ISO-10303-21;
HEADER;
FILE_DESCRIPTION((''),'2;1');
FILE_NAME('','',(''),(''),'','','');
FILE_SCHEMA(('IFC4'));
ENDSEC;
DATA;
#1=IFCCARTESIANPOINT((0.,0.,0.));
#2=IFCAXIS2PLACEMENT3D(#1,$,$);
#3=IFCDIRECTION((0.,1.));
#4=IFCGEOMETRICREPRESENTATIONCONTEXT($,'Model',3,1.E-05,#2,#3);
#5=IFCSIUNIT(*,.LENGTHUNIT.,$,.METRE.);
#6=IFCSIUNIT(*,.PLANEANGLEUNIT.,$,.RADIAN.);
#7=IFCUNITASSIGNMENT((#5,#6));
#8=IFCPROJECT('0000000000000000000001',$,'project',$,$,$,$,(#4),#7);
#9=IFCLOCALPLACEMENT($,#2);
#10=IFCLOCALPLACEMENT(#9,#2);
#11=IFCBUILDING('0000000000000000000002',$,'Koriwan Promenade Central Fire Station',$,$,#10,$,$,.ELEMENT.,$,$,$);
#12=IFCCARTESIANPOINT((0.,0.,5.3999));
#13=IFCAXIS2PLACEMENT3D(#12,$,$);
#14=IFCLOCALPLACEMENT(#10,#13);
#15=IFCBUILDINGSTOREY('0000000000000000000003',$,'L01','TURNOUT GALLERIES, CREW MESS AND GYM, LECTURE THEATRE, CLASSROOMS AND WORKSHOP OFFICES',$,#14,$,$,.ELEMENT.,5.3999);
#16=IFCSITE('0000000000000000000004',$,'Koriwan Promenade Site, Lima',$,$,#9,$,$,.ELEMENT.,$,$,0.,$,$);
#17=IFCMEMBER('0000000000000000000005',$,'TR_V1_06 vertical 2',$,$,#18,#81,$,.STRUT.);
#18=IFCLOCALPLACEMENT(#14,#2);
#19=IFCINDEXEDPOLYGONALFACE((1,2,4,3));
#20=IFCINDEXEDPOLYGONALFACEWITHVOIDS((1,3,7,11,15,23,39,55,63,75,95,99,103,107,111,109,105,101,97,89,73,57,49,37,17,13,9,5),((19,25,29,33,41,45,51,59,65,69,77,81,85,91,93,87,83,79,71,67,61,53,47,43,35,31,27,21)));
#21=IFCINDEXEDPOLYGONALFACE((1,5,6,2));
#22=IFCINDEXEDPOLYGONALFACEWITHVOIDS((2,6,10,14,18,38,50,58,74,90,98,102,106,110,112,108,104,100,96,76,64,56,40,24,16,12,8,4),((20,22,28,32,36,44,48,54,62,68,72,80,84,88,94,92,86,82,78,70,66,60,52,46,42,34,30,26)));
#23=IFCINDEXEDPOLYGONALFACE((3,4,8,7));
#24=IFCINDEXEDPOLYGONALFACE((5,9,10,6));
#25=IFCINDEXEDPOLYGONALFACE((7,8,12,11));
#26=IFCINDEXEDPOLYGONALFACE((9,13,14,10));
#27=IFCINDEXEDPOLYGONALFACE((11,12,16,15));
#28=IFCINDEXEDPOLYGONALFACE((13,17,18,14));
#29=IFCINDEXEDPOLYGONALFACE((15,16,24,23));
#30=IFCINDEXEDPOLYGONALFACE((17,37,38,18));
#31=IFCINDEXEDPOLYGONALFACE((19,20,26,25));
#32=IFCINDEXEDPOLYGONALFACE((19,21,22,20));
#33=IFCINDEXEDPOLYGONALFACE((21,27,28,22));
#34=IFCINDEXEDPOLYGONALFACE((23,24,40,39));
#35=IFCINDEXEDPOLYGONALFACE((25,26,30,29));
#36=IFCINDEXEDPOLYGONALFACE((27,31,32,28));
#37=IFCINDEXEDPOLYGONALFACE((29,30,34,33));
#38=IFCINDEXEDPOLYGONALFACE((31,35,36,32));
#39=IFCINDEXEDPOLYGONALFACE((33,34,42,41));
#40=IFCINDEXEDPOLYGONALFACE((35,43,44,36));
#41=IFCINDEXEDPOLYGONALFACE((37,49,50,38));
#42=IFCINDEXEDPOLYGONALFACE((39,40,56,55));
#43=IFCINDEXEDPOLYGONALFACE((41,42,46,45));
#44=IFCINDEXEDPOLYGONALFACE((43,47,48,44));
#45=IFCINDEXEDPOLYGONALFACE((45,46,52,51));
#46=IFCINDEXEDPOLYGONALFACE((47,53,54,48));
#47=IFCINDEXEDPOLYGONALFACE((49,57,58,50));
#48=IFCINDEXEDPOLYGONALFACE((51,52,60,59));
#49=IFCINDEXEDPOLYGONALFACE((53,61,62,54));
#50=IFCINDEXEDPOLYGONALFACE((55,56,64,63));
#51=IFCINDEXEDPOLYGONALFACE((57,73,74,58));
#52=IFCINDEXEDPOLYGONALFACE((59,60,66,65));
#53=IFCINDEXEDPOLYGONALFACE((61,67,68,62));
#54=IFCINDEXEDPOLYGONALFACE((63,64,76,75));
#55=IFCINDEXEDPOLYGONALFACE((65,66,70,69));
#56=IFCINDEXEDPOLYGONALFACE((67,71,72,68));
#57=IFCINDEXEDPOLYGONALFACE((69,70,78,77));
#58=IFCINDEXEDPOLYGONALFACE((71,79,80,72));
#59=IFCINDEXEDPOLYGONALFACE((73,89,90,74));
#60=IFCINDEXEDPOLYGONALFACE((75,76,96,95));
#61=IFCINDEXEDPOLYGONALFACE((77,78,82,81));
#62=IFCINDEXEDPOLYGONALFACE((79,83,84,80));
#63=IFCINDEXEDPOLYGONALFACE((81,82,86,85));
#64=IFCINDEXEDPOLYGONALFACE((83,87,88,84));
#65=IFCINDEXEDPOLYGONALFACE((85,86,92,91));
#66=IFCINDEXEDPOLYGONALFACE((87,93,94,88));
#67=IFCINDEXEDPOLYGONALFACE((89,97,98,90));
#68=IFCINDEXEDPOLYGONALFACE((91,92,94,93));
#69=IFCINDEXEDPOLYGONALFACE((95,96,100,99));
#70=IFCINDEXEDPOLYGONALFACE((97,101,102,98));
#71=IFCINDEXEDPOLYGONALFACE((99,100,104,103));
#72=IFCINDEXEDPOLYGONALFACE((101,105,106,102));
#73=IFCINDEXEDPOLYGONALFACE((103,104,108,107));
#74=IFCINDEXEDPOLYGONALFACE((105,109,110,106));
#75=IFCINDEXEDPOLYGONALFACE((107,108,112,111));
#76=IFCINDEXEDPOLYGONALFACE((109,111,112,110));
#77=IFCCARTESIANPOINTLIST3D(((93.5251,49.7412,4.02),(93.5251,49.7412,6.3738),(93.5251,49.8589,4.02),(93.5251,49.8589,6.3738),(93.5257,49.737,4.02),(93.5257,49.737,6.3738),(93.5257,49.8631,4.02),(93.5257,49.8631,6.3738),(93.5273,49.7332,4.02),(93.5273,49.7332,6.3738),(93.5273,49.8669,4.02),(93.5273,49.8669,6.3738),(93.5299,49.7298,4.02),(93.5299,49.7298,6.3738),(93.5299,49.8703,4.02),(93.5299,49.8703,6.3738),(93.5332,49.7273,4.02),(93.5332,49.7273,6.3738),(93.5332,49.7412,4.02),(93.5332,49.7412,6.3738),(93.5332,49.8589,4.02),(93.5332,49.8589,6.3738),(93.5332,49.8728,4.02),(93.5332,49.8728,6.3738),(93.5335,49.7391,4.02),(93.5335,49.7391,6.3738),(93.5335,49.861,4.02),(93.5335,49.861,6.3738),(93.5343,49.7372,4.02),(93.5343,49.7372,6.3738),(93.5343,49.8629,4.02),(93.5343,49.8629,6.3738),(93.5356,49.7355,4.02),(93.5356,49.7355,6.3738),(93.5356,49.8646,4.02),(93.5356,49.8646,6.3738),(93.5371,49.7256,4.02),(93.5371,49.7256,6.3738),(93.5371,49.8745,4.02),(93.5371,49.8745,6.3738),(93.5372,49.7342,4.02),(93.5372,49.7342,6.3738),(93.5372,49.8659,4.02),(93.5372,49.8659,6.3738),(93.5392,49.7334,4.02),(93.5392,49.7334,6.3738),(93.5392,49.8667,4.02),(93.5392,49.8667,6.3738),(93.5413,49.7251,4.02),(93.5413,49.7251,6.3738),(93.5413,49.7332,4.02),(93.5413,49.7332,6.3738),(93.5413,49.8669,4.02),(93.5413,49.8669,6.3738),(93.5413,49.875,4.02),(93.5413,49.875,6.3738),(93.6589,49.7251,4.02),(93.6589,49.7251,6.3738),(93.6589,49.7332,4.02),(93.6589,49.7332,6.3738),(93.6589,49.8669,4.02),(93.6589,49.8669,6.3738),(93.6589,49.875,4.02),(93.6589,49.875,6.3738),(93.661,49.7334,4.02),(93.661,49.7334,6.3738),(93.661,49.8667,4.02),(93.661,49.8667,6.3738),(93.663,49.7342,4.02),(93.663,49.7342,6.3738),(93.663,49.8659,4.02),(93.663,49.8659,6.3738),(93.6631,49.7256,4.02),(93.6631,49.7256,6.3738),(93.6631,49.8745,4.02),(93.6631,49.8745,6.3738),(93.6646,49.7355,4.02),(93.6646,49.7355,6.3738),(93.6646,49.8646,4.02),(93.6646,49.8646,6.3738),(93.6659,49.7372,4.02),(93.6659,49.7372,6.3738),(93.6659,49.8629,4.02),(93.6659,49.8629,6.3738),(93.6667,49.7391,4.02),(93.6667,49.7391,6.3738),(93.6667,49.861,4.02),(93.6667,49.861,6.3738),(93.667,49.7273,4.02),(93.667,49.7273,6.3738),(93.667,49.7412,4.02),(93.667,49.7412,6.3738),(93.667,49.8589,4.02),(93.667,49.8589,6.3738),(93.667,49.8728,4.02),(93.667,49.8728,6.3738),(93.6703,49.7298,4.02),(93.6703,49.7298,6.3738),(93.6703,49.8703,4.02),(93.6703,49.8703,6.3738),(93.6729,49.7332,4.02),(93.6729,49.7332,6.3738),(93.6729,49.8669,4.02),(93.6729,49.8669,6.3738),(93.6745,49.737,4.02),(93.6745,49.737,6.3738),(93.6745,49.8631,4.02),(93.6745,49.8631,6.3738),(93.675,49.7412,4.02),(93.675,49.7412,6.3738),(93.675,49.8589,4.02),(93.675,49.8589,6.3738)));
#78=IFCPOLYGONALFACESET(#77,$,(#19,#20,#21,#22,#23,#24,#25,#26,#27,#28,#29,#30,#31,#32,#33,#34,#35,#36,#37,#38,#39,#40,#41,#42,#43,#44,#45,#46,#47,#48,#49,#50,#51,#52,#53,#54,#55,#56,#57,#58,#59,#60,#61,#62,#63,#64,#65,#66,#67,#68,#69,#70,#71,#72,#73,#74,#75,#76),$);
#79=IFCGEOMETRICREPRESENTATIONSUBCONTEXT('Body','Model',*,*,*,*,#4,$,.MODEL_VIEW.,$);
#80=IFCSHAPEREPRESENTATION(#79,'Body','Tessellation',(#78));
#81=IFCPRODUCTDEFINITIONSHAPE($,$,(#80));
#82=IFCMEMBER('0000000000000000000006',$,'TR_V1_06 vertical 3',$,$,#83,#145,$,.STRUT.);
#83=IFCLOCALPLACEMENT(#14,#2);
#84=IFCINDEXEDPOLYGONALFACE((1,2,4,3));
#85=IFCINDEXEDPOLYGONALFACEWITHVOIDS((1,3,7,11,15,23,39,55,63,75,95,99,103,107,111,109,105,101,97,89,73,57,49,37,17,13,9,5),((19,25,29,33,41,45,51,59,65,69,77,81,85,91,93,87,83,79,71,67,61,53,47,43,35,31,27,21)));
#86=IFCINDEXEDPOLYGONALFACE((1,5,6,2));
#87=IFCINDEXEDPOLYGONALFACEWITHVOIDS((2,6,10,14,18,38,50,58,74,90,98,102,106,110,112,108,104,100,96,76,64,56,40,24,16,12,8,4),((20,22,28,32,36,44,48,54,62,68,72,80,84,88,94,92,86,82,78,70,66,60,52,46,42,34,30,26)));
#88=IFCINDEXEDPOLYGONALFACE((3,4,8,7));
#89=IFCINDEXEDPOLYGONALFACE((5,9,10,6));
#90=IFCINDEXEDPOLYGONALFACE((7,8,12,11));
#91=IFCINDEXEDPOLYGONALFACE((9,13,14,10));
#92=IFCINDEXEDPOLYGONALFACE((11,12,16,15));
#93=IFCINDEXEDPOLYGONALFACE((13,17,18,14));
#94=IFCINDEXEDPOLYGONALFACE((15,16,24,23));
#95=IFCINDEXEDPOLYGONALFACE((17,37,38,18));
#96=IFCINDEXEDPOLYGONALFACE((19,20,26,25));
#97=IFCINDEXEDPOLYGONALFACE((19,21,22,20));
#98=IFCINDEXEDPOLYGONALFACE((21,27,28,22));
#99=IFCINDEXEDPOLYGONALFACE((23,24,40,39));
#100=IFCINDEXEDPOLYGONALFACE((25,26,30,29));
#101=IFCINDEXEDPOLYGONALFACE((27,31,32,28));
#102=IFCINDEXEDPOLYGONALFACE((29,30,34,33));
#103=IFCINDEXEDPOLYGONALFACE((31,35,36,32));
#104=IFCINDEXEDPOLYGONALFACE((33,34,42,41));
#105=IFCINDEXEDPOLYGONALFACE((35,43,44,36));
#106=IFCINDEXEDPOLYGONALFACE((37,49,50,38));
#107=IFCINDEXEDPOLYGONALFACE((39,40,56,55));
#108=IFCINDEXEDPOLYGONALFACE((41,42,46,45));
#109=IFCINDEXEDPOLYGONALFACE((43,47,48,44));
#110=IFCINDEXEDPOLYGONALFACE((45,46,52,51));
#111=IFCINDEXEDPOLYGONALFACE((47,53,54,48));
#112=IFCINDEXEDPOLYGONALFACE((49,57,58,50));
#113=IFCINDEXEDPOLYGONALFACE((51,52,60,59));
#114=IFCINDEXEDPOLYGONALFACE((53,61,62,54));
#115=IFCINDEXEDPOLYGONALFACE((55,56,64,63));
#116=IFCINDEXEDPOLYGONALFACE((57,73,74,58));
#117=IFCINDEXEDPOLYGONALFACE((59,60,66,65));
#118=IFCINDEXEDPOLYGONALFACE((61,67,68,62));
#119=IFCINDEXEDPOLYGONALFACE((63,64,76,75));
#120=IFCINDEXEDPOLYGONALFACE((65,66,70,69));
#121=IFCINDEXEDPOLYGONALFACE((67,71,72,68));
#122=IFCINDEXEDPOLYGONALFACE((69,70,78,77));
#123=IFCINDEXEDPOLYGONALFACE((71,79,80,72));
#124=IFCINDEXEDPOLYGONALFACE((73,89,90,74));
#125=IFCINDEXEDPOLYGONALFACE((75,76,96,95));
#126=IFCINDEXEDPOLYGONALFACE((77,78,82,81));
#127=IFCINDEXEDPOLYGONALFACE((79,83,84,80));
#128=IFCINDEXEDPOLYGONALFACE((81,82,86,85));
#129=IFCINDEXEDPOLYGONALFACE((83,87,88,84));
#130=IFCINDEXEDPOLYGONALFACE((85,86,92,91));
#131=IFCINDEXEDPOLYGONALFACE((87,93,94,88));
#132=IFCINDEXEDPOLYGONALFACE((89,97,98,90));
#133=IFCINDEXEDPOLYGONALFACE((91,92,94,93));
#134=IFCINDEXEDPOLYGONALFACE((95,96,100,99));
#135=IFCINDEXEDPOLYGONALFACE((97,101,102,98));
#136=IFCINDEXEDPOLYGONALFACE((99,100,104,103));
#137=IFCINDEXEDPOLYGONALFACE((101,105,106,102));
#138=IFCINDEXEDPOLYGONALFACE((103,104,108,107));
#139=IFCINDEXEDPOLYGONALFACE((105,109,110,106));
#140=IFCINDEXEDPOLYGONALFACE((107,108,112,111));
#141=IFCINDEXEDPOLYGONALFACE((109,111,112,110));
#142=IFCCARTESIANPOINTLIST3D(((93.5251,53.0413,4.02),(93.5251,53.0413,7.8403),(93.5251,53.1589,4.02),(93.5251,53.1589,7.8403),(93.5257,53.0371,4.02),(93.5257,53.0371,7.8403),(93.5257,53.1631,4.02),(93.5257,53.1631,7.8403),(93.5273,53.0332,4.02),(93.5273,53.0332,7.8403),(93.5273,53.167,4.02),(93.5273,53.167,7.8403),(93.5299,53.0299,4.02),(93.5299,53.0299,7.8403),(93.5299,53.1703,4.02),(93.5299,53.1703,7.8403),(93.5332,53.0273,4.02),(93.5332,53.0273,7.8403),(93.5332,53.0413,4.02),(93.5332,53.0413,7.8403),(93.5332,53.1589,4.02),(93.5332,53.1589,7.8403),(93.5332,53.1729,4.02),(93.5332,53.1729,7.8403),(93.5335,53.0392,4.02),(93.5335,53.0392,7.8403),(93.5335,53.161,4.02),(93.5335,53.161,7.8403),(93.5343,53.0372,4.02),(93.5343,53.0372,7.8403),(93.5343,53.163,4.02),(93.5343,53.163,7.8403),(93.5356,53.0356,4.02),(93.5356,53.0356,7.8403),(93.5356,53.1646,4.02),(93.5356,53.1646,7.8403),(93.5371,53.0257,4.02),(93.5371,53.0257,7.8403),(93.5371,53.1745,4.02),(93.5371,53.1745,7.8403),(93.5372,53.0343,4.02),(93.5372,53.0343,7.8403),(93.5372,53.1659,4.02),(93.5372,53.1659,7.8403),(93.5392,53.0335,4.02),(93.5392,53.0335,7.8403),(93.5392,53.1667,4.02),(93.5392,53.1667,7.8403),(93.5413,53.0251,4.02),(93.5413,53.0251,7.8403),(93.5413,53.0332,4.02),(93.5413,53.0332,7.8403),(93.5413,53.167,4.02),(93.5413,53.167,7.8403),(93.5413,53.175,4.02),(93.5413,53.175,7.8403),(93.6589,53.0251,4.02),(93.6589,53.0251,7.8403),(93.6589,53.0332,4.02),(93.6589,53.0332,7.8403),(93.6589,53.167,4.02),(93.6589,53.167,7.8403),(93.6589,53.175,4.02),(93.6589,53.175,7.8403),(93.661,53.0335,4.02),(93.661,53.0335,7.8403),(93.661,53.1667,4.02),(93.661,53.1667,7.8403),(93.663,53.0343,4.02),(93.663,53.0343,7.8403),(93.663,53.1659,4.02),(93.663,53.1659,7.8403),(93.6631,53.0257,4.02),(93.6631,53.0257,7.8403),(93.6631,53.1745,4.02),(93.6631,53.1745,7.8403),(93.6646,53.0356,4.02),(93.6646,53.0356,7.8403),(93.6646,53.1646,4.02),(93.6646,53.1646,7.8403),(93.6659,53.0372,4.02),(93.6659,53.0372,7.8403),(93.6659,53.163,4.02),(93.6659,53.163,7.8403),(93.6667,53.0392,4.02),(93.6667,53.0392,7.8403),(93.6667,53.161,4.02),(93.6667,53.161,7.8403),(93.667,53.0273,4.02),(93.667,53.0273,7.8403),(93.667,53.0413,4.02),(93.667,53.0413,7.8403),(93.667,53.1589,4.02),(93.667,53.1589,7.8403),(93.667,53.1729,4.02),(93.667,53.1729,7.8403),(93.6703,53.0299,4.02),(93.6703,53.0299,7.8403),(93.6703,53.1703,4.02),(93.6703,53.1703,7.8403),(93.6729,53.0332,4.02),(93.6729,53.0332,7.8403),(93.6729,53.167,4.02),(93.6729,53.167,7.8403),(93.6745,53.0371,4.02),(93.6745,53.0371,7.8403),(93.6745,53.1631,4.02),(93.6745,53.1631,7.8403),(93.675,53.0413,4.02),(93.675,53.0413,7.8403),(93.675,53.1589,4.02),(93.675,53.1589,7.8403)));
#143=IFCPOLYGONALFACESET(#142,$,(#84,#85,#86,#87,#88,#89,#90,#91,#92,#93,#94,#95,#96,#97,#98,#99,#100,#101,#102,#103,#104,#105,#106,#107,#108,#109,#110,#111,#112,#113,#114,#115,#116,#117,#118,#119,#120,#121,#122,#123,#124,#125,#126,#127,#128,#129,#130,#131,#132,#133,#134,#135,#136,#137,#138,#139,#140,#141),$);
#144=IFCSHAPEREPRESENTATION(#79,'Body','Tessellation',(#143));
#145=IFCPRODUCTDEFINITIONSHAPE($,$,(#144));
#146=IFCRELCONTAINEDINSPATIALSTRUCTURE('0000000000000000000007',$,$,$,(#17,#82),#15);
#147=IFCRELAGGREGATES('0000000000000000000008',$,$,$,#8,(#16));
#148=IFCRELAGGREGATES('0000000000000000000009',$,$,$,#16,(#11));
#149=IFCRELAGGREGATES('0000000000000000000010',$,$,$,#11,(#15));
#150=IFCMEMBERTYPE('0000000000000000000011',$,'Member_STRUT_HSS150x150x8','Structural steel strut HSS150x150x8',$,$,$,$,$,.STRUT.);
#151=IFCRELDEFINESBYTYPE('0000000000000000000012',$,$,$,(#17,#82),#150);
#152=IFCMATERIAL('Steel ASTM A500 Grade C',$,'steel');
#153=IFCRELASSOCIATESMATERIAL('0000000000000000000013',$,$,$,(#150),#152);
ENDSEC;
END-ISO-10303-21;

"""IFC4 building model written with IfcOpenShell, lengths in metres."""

from ifc_helpers import new_model, si_unit, direction, frame, origin, origin_2d, place, context, subcontext, project, spatial, hollow_rectangle, extrude, material, material_profile, profile_set, type_object, element, save


model = new_model("IFC4")

# Units and contexts
model_context = context("Model", 3, precision=1e-05, world=origin(), true_north=direction((0.0, 1.0)))
body_context = subcontext(model_context, "Body", "Model", "MODEL_VIEW")
ifc_project = project(units=[si_unit("LENGTHUNIT", "METRE"), si_unit("PLANEANGLEUNIT", "RADIAN")], contexts=[model_context])

# Site, building, storey
site_placement = place(None, origin())
site = spatial("IfcSite", under=ifc_project, at=site_placement, Name="Koriwan Promenade Site, Lima", CompositionType="ELEMENT", RefElevation=0.0)
building_placement = place(site_placement, origin())
building = spatial("IfcBuilding", under=site, at=building_placement, Name="Koriwan Promenade Central Fire Station", CompositionType="ELEMENT")
storey_placement = place(building_placement, frame((0.0, 0.0, 5.3999)))
storey = spatial("IfcBuildingStorey", under=building, at=storey_placement, Name="L01", Description="TURNOUT GALLERIES, CREW MESS AND GYM, LECTURE THEATRE, CLASSROOMS AND WORKSHOP OFFICES", CompositionType="ELEMENT", Elevation=5.3999)

# Members
ifc_material_1 = material(Name="Steel ASTM A500 Grade C", Category="steel")
ifc_material_profile_1 = material_profile(ifc_material_1, hollow_rectangle(XDim=0.1499, YDim=0.1499, WallThickness=0.0081, InnerFilletRadius=0.0081, OuterFilletRadius=0.0161, at=origin_2d()), Name="HSS150x150x8")
ifc_profile_set_1 = profile_set([ifc_material_profile_1], Name="Steel ASTM A500 Grade C")
member_type_1 = type_object("IfcMemberType", Name="Member_STRUT_HSS150x150x8", Description="Structural steel strut HSS150x150x8", PredefinedType="STRUT", material=ifc_profile_set_1)
member_1_placement = place(storey_placement, frame((93.6001, 49.8, 4.02), z_axis=(0.0, 0.0, 1.0), x_axis=(1.0, 0.0, 0.0)))
element("IfcMember", 1, at=member_1_placement, inside=storey, type_object=member_type_1, Name="TR_V1_06 vertical 2", PredefinedType="STRUT", context=body_context, shape_type="SweptSolid", body=[
    extrude(hollow_rectangle(XDim=0.1499, YDim=0.1499, WallThickness=0.0081, InnerFilletRadius=0.0081, OuterFilletRadius=0.0161, at=origin_2d()), origin(), (0.0, 0.0, 1.0), 2.3538),
])
member_2_placement = place(storey_placement, frame((93.6001, 53.1001, 4.02), z_axis=(0.0, 0.0, 1.0), x_axis=(1.0, 0.0, 0.0)))
element("IfcMember", 2, at=member_2_placement, inside=storey, type_object=member_type_1, Name="TR_V1_06 vertical 3", PredefinedType="STRUT", context=body_context, shape_type="SweptSolid", body=[
    extrude(hollow_rectangle(XDim=0.1499, YDim=0.1499, WallThickness=0.0081, InnerFilletRadius=0.0081, OuterFilletRadius=0.0161, at=origin_2d()), origin(), (0.0, 0.0, 1.0), 3.8203),
])

save(model, "model.ifc")
